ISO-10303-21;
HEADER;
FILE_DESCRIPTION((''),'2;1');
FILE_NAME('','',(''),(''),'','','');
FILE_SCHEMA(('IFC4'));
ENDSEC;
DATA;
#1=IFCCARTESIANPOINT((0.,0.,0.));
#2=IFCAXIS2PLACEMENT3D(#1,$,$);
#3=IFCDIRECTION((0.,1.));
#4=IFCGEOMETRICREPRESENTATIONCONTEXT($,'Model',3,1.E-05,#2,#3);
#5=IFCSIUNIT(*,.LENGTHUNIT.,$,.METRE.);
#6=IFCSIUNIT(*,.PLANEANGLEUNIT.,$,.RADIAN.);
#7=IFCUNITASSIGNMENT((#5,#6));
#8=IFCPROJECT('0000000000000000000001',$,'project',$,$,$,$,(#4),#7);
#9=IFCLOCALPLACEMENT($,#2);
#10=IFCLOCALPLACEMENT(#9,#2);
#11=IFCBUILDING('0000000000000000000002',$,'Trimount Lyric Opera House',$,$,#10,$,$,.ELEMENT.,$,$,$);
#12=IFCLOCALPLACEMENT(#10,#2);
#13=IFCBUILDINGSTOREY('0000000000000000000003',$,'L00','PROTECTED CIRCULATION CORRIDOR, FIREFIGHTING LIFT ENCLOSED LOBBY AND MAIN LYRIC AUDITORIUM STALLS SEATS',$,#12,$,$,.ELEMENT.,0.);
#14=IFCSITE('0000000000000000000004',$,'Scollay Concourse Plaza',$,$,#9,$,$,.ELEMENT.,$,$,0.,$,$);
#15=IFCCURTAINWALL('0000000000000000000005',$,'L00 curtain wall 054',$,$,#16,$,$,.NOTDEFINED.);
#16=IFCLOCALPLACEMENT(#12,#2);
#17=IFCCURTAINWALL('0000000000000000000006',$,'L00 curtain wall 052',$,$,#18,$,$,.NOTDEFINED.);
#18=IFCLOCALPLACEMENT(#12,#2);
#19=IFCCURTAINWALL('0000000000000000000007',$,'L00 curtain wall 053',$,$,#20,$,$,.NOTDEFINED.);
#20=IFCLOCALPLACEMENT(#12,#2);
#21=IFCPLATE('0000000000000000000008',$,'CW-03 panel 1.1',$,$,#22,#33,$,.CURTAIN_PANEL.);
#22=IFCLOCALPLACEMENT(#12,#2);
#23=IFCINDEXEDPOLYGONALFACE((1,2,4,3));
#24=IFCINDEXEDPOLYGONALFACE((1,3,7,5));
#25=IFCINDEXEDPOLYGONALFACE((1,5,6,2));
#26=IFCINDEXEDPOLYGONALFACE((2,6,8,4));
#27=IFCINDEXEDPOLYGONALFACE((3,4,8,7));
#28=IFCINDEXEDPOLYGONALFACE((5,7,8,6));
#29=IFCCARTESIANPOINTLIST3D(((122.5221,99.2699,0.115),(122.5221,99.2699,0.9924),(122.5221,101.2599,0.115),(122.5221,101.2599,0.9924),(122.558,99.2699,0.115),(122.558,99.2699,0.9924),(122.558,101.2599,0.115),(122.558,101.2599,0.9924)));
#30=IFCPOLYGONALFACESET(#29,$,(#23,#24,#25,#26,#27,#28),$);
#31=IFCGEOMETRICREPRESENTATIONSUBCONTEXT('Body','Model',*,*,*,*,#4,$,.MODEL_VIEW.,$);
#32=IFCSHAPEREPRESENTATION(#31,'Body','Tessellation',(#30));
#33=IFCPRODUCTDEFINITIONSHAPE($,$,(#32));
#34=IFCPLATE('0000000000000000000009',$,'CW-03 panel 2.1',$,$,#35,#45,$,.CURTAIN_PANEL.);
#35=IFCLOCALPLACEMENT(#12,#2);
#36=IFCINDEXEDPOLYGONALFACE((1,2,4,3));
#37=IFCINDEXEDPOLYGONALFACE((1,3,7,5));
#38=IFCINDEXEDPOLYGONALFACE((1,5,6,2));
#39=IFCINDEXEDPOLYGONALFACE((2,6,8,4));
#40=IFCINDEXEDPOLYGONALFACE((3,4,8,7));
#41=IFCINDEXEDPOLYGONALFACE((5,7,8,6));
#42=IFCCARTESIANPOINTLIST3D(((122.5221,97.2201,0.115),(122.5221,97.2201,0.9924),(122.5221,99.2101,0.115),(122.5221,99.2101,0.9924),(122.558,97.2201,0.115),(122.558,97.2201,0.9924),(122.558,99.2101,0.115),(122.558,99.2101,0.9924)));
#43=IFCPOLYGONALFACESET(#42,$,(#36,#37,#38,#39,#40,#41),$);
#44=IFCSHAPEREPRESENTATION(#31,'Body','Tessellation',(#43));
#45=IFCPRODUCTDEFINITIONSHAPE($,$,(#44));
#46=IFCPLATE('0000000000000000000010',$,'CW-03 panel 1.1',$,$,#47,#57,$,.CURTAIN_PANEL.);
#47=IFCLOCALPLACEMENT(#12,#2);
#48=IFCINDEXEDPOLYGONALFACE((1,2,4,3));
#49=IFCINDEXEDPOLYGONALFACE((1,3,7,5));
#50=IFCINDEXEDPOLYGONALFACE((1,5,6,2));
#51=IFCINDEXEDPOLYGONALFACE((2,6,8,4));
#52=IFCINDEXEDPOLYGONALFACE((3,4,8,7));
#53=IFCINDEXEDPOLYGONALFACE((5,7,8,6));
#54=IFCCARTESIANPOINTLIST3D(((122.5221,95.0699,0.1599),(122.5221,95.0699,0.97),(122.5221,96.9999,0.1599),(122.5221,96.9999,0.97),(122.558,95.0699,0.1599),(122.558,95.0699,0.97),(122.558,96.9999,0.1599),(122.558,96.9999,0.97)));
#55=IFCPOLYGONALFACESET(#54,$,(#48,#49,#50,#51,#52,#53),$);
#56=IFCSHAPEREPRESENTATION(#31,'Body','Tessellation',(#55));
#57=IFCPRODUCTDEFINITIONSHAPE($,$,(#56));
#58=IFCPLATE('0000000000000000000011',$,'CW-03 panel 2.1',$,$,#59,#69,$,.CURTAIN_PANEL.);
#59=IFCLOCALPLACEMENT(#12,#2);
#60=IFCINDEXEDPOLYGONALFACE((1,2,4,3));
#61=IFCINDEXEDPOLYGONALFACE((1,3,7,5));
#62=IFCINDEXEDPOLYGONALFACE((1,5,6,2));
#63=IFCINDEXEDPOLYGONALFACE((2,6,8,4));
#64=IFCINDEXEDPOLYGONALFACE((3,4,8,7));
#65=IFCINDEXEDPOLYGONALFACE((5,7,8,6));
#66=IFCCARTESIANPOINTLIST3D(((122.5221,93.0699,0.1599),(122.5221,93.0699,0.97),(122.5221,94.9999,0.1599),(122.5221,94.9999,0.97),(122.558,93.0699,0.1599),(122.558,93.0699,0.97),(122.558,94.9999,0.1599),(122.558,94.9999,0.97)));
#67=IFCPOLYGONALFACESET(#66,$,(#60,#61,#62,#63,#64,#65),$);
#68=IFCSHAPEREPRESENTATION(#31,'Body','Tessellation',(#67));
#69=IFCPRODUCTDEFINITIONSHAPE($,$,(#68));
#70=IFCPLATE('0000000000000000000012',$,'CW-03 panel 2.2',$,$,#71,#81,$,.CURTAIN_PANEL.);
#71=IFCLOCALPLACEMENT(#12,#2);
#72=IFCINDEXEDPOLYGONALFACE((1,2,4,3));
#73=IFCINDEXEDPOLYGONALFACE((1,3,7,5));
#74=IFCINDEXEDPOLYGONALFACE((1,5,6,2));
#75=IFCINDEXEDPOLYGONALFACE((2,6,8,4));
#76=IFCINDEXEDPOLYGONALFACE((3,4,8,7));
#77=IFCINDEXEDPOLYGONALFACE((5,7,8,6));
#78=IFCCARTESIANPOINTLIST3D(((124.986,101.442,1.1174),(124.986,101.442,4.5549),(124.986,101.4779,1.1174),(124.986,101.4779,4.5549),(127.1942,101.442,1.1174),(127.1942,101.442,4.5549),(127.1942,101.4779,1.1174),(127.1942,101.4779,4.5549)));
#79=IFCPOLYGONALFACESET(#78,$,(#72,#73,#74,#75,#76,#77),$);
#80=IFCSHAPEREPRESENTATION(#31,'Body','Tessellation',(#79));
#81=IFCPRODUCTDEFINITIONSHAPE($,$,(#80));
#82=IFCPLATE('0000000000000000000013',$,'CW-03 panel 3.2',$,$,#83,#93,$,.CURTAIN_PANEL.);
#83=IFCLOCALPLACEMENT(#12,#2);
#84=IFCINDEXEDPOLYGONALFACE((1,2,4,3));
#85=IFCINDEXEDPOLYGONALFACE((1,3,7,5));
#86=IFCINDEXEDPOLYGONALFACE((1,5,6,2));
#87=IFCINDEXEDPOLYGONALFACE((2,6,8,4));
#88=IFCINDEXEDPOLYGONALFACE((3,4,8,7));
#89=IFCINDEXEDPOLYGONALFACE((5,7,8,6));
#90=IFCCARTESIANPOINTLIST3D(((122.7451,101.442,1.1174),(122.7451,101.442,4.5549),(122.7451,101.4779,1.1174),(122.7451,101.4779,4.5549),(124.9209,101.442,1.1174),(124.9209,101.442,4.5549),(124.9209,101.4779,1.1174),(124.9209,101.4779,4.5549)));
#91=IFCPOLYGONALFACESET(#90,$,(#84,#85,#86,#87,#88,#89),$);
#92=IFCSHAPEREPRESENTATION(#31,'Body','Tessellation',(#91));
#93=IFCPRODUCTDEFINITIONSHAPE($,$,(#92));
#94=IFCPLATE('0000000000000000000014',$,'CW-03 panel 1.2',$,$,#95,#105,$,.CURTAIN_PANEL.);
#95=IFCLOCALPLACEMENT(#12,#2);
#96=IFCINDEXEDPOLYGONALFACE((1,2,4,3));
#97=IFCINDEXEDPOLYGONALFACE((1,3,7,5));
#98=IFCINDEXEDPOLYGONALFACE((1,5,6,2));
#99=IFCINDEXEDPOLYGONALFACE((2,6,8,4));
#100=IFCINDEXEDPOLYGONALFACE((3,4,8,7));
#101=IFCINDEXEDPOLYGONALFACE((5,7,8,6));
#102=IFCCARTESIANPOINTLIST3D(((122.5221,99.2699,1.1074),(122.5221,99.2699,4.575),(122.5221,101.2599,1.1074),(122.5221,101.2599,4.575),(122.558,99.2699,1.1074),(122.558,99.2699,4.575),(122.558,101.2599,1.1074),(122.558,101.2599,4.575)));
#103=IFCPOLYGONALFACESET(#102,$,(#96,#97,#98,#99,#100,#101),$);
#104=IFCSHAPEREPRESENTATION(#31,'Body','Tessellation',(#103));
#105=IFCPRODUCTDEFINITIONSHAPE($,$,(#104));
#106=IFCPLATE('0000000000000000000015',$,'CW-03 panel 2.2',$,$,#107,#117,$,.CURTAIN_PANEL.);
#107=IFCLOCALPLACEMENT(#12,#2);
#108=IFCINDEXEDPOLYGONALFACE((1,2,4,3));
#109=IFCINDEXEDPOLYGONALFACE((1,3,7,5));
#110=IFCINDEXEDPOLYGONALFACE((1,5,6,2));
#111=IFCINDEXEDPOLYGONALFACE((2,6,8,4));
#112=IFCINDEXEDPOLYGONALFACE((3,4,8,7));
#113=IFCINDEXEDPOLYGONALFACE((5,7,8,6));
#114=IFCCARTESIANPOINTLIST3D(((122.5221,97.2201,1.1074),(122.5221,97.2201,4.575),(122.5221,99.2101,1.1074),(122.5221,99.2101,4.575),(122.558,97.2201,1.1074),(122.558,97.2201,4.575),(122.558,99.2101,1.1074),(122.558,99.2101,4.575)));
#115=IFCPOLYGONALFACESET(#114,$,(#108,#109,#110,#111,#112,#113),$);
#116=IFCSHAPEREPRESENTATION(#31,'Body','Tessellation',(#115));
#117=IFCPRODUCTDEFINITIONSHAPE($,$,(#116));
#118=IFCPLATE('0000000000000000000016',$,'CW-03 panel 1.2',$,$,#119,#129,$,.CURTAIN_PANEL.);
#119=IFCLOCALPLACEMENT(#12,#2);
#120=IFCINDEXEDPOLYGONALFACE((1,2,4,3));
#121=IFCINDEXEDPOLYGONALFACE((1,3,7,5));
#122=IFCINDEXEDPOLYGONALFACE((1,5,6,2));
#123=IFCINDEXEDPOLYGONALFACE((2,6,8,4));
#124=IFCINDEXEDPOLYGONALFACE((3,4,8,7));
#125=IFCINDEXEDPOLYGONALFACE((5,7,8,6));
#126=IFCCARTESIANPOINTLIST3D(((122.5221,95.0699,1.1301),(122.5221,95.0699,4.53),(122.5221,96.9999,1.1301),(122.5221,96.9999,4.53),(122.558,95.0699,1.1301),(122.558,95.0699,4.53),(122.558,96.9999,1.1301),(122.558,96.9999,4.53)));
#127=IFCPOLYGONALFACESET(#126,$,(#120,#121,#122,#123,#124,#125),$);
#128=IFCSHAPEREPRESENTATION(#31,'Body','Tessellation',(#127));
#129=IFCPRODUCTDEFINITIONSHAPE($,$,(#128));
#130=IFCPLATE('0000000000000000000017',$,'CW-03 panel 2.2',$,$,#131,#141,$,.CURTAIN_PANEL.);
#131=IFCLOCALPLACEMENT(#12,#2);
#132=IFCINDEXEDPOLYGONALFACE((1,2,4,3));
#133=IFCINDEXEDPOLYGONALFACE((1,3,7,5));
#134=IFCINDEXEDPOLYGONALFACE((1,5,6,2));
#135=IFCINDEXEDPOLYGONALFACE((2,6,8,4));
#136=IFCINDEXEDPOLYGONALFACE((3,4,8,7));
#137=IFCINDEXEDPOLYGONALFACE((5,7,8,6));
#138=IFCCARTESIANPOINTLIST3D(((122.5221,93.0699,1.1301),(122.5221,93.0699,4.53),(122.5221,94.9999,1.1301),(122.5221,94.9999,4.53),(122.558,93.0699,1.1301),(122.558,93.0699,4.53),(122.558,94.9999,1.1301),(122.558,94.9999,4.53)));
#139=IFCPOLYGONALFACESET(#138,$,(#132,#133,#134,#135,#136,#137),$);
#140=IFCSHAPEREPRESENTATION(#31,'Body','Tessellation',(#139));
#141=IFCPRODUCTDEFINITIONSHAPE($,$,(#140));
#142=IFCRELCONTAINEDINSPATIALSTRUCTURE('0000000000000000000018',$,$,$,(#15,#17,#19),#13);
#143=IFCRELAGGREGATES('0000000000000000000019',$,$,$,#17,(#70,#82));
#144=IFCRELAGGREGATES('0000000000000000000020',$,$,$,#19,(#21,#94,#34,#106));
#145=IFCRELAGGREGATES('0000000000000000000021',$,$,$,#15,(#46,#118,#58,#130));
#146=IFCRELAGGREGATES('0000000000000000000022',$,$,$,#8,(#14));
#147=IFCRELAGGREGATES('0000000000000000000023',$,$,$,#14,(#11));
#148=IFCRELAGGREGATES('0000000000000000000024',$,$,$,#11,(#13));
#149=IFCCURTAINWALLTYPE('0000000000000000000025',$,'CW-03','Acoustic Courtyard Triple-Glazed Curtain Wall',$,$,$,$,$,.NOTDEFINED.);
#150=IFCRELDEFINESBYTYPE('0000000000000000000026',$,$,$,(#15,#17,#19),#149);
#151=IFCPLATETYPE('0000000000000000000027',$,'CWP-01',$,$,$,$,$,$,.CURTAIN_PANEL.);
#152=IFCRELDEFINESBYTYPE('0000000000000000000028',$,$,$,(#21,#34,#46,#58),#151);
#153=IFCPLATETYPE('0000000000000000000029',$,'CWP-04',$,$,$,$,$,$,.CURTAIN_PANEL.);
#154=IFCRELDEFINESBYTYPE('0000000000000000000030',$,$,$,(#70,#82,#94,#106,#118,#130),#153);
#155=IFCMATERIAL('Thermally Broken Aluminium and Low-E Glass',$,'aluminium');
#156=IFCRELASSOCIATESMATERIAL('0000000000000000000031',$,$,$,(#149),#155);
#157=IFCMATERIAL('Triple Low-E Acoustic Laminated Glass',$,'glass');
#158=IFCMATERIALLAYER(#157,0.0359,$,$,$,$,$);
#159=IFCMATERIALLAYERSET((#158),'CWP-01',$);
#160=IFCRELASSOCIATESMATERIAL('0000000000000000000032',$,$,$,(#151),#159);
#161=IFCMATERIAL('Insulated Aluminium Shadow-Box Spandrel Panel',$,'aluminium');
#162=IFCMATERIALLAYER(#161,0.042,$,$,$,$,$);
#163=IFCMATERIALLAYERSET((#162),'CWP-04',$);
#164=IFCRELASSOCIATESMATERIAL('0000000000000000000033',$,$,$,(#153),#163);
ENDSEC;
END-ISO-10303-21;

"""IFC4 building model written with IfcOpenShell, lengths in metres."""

from ifc_helpers import new_model, si_unit, direction, frame, origin, origin_2d, place, context, subcontext, project, spatial, rectangle, extrude, material, layer, layer_set, type_object, element, aggregate, save


model = new_model("IFC4")

# Units and contexts
model_context = context("Model", 3, precision=1e-05, world=origin(), true_north=direction((0.0, 1.0)))
body_context = subcontext(model_context, "Body", "Model", "MODEL_VIEW")
ifc_project = project(units=[si_unit("LENGTHUNIT", "METRE"), si_unit("PLANEANGLEUNIT", "RADIAN")], contexts=[model_context])

# Site, building, storey
site_placement = place(None, origin())
site = spatial("IfcSite", under=ifc_project, at=site_placement, Name="Scollay Concourse Plaza", CompositionType="ELEMENT", RefElevation=0.0)
building_placement = place(site_placement, origin())
building = spatial("IfcBuilding", under=site, at=building_placement, Name="Trimount Lyric Opera House", CompositionType="ELEMENT")
storey_placement = place(building_placement, origin())
storey = spatial("IfcBuildingStorey", under=building, at=storey_placement, Name="L00", Description="PROTECTED CIRCULATION CORRIDOR, FIREFIGHTING LIFT ENCLOSED LOBBY AND MAIN LYRIC AUDITORIUM STALLS SEATS", CompositionType="ELEMENT", Elevation=0.0)

# Curtain walls
ifc_material_1 = material(Name="Thermally Broken Aluminium and Low-E Glass", Category="aluminium")
curtain_wall_type = type_object("IfcCurtainWallType", Name="CW-03", Description="Acoustic Courtyard Triple-Glazed Curtain Wall", PredefinedType="NOTDEFINED", material=ifc_material_1)
curtain_wall_1_placement = place(storey_placement, origin())
curtain_wall_1 = element("IfcCurtainWall", 1, at=curtain_wall_1_placement, inside=storey, type_object=curtain_wall_type, Name="L00 curtain wall 054", PredefinedType="NOTDEFINED")
curtain_wall_2_placement = place(storey_placement, origin())
curtain_wall_2 = element("IfcCurtainWall", 2, at=curtain_wall_2_placement, inside=storey, type_object=curtain_wall_type, Name="L00 curtain wall 052", PredefinedType="NOTDEFINED")
curtain_wall_3_placement = place(storey_placement, origin())
curtain_wall_3 = element("IfcCurtainWall", 3, at=curtain_wall_3_placement, inside=storey, type_object=curtain_wall_type, Name="L00 curtain wall 053", PredefinedType="NOTDEFINED")

# Plates
ifc_material_2 = material(Name="Triple Low-E Acoustic Laminated Glass", Category="glass")
ifc_layer_1 = layer(ifc_material_2, 0.0359)
ifc_layer_set_1 = layer_set([ifc_layer_1], Name="CWP-01")
plate_type_1 = type_object("IfcPlateType", Name="CWP-01", PredefinedType="CURTAIN_PANEL", material=ifc_layer_set_1)
plate_1_placement = place(storey_placement, frame((122.54, 100.2649, 0.115), z_axis=(0.0, 0.0, 1.0), x_axis=(0.0, -1.0, 0.0)))
plate_1 = element("IfcPlate", 4, at=plate_1_placement, type_object=plate_type_1, Name="CW-03 panel 1.1", PredefinedType="CURTAIN_PANEL", context=body_context, shape_type="SweptSolid", body=[
    extrude(rectangle(XDim=1.99, YDim=0.0359, at=origin_2d()), origin(), (0.0, 0.0, 1.0), 0.8774),
])
plate_2_placement = place(storey_placement, frame((122.54, 98.2151, 0.115), z_axis=(0.0, 0.0, 1.0), x_axis=(0.0, -1.0, 0.0)))
plate_2 = element("IfcPlate", 5, at=plate_2_placement, type_object=plate_type_1, Name="CW-03 panel 2.1", PredefinedType="CURTAIN_PANEL", context=body_context, shape_type="SweptSolid", body=[
    extrude(rectangle(XDim=1.99, YDim=0.0359, at=origin_2d()), origin(), (0.0, 0.0, 1.0), 0.8774),
])
plate_3_placement = place(storey_placement, frame((122.54, 96.0349, 0.1599), z_axis=(0.0, 0.0, 1.0), x_axis=(0.0, -1.0, 0.0)))
plate_3 = element("IfcPlate", 6, at=plate_3_placement, type_object=plate_type_1, Name="CW-03 panel 1.1", PredefinedType="CURTAIN_PANEL", context=body_context, shape_type="SweptSolid", body=[
    extrude(rectangle(XDim=1.9299, YDim=0.0359, at=origin_2d()), origin(), (0.0, 0.0, 1.0), 0.8101),
])
plate_4_placement = place(storey_placement, frame((122.54, 94.0349, 0.1599), z_axis=(0.0, 0.0, 1.0), x_axis=(0.0, -1.0, 0.0)))
plate_4 = element("IfcPlate", 7, at=plate_4_placement, type_object=plate_type_1, Name="CW-03 panel 2.1", PredefinedType="CURTAIN_PANEL", context=body_context, shape_type="SweptSolid", body=[
    extrude(rectangle(XDim=1.9299, YDim=0.0359, at=origin_2d()), origin(), (0.0, 0.0, 1.0), 0.8101),
])
ifc_material_3 = material(Name="Insulated Aluminium Shadow-Box Spandrel Panel", Category="aluminium")
ifc_layer_2 = layer(ifc_material_3, 0.042)
ifc_layer_set_2 = layer_set([ifc_layer_2], Name="CWP-04")
plate_type_2 = type_object("IfcPlateType", Name="CWP-04", PredefinedType="CURTAIN_PANEL", material=ifc_layer_set_2)
plate_5_placement = place(storey_placement, frame((126.0901, 101.46, 1.1174), z_axis=(0.0, 0.0, 1.0), x_axis=(-1.0, 0.0, 0.0)))
plate_5 = element("IfcPlate", 8, at=plate_5_placement, type_object=plate_type_2, Name="CW-03 panel 2.2", PredefinedType="CURTAIN_PANEL", context=body_context, shape_type="SweptSolid", body=[
    extrude(rectangle(XDim=2.2083, YDim=0.0359, at=origin_2d()), origin(), (0.0, 0.0, 1.0), 3.4375),
])
plate_6_placement = place(storey_placement, frame((123.833, 101.46, 1.1174), z_axis=(0.0, 0.0, 1.0), x_axis=(-1.0, 0.0, 0.0)))
plate_6 = element("IfcPlate", 9, at=plate_6_placement, type_object=plate_type_2, Name="CW-03 panel 3.2", PredefinedType="CURTAIN_PANEL", context=body_context, shape_type="SweptSolid", body=[
    extrude(rectangle(XDim=2.1758, YDim=0.0359, at=origin_2d()), origin(), (0.0, 0.0, 1.0), 3.4375),
])
aggregate(curtain_wall_2, [plate_5, plate_6])
plate_7_placement = place(storey_placement, frame((122.54, 100.2649, 1.1074), z_axis=(0.0, 0.0, 1.0), x_axis=(0.0, -1.0, 0.0)))
plate_7 = element("IfcPlate", 10, at=plate_7_placement, type_object=plate_type_2, Name="CW-03 panel 1.2", PredefinedType="CURTAIN_PANEL", context=body_context, shape_type="SweptSolid", body=[
    extrude(rectangle(XDim=1.99, YDim=0.0359, at=origin_2d()), origin(), (0.0, 0.0, 1.0), 3.4675),
])
plate_8_placement = place(storey_placement, frame((122.54, 98.2151, 1.1074), z_axis=(0.0, 0.0, 1.0), x_axis=(0.0, -1.0, 0.0)))
plate_8 = element("IfcPlate", 11, at=plate_8_placement, type_object=plate_type_2, Name="CW-03 panel 2.2", PredefinedType="CURTAIN_PANEL", context=body_context, shape_type="SweptSolid", body=[
    extrude(rectangle(XDim=1.99, YDim=0.0359, at=origin_2d()), origin(), (0.0, 0.0, 1.0), 3.4675),
])
aggregate(curtain_wall_3, [plate_1, plate_7, plate_2, plate_8])
plate_9_placement = place(storey_placement, frame((122.54, 96.0349, 1.1301), z_axis=(0.0, 0.0, 1.0), x_axis=(0.0, -1.0, 0.0)))
plate_9 = element("IfcPlate", 12, at=plate_9_placement, type_object=plate_type_2, Name="CW-03 panel 1.2", PredefinedType="CURTAIN_PANEL", context=body_context, shape_type="SweptSolid", body=[
    extrude(rectangle(XDim=1.9299, YDim=0.0359, at=origin_2d()), origin(), (0.0, 0.0, 1.0), 3.3999),
])
plate_10_placement = place(storey_placement, frame((122.54, 94.0349, 1.1301), z_axis=(0.0, 0.0, 1.0), x_axis=(0.0, -1.0, 0.0)))
plate_10 = element("IfcPlate", 13, at=plate_10_placement, type_object=plate_type_2, Name="CW-03 panel 2.2", PredefinedType="CURTAIN_PANEL", context=body_context, shape_type="SweptSolid", body=[
    extrude(rectangle(XDim=1.9299, YDim=0.0359, at=origin_2d()), origin(), (0.0, 0.0, 1.0), 3.3999),
])
aggregate(curtain_wall_1, [plate_3, plate_9, plate_4, plate_10])

save(model, "model.ifc")
